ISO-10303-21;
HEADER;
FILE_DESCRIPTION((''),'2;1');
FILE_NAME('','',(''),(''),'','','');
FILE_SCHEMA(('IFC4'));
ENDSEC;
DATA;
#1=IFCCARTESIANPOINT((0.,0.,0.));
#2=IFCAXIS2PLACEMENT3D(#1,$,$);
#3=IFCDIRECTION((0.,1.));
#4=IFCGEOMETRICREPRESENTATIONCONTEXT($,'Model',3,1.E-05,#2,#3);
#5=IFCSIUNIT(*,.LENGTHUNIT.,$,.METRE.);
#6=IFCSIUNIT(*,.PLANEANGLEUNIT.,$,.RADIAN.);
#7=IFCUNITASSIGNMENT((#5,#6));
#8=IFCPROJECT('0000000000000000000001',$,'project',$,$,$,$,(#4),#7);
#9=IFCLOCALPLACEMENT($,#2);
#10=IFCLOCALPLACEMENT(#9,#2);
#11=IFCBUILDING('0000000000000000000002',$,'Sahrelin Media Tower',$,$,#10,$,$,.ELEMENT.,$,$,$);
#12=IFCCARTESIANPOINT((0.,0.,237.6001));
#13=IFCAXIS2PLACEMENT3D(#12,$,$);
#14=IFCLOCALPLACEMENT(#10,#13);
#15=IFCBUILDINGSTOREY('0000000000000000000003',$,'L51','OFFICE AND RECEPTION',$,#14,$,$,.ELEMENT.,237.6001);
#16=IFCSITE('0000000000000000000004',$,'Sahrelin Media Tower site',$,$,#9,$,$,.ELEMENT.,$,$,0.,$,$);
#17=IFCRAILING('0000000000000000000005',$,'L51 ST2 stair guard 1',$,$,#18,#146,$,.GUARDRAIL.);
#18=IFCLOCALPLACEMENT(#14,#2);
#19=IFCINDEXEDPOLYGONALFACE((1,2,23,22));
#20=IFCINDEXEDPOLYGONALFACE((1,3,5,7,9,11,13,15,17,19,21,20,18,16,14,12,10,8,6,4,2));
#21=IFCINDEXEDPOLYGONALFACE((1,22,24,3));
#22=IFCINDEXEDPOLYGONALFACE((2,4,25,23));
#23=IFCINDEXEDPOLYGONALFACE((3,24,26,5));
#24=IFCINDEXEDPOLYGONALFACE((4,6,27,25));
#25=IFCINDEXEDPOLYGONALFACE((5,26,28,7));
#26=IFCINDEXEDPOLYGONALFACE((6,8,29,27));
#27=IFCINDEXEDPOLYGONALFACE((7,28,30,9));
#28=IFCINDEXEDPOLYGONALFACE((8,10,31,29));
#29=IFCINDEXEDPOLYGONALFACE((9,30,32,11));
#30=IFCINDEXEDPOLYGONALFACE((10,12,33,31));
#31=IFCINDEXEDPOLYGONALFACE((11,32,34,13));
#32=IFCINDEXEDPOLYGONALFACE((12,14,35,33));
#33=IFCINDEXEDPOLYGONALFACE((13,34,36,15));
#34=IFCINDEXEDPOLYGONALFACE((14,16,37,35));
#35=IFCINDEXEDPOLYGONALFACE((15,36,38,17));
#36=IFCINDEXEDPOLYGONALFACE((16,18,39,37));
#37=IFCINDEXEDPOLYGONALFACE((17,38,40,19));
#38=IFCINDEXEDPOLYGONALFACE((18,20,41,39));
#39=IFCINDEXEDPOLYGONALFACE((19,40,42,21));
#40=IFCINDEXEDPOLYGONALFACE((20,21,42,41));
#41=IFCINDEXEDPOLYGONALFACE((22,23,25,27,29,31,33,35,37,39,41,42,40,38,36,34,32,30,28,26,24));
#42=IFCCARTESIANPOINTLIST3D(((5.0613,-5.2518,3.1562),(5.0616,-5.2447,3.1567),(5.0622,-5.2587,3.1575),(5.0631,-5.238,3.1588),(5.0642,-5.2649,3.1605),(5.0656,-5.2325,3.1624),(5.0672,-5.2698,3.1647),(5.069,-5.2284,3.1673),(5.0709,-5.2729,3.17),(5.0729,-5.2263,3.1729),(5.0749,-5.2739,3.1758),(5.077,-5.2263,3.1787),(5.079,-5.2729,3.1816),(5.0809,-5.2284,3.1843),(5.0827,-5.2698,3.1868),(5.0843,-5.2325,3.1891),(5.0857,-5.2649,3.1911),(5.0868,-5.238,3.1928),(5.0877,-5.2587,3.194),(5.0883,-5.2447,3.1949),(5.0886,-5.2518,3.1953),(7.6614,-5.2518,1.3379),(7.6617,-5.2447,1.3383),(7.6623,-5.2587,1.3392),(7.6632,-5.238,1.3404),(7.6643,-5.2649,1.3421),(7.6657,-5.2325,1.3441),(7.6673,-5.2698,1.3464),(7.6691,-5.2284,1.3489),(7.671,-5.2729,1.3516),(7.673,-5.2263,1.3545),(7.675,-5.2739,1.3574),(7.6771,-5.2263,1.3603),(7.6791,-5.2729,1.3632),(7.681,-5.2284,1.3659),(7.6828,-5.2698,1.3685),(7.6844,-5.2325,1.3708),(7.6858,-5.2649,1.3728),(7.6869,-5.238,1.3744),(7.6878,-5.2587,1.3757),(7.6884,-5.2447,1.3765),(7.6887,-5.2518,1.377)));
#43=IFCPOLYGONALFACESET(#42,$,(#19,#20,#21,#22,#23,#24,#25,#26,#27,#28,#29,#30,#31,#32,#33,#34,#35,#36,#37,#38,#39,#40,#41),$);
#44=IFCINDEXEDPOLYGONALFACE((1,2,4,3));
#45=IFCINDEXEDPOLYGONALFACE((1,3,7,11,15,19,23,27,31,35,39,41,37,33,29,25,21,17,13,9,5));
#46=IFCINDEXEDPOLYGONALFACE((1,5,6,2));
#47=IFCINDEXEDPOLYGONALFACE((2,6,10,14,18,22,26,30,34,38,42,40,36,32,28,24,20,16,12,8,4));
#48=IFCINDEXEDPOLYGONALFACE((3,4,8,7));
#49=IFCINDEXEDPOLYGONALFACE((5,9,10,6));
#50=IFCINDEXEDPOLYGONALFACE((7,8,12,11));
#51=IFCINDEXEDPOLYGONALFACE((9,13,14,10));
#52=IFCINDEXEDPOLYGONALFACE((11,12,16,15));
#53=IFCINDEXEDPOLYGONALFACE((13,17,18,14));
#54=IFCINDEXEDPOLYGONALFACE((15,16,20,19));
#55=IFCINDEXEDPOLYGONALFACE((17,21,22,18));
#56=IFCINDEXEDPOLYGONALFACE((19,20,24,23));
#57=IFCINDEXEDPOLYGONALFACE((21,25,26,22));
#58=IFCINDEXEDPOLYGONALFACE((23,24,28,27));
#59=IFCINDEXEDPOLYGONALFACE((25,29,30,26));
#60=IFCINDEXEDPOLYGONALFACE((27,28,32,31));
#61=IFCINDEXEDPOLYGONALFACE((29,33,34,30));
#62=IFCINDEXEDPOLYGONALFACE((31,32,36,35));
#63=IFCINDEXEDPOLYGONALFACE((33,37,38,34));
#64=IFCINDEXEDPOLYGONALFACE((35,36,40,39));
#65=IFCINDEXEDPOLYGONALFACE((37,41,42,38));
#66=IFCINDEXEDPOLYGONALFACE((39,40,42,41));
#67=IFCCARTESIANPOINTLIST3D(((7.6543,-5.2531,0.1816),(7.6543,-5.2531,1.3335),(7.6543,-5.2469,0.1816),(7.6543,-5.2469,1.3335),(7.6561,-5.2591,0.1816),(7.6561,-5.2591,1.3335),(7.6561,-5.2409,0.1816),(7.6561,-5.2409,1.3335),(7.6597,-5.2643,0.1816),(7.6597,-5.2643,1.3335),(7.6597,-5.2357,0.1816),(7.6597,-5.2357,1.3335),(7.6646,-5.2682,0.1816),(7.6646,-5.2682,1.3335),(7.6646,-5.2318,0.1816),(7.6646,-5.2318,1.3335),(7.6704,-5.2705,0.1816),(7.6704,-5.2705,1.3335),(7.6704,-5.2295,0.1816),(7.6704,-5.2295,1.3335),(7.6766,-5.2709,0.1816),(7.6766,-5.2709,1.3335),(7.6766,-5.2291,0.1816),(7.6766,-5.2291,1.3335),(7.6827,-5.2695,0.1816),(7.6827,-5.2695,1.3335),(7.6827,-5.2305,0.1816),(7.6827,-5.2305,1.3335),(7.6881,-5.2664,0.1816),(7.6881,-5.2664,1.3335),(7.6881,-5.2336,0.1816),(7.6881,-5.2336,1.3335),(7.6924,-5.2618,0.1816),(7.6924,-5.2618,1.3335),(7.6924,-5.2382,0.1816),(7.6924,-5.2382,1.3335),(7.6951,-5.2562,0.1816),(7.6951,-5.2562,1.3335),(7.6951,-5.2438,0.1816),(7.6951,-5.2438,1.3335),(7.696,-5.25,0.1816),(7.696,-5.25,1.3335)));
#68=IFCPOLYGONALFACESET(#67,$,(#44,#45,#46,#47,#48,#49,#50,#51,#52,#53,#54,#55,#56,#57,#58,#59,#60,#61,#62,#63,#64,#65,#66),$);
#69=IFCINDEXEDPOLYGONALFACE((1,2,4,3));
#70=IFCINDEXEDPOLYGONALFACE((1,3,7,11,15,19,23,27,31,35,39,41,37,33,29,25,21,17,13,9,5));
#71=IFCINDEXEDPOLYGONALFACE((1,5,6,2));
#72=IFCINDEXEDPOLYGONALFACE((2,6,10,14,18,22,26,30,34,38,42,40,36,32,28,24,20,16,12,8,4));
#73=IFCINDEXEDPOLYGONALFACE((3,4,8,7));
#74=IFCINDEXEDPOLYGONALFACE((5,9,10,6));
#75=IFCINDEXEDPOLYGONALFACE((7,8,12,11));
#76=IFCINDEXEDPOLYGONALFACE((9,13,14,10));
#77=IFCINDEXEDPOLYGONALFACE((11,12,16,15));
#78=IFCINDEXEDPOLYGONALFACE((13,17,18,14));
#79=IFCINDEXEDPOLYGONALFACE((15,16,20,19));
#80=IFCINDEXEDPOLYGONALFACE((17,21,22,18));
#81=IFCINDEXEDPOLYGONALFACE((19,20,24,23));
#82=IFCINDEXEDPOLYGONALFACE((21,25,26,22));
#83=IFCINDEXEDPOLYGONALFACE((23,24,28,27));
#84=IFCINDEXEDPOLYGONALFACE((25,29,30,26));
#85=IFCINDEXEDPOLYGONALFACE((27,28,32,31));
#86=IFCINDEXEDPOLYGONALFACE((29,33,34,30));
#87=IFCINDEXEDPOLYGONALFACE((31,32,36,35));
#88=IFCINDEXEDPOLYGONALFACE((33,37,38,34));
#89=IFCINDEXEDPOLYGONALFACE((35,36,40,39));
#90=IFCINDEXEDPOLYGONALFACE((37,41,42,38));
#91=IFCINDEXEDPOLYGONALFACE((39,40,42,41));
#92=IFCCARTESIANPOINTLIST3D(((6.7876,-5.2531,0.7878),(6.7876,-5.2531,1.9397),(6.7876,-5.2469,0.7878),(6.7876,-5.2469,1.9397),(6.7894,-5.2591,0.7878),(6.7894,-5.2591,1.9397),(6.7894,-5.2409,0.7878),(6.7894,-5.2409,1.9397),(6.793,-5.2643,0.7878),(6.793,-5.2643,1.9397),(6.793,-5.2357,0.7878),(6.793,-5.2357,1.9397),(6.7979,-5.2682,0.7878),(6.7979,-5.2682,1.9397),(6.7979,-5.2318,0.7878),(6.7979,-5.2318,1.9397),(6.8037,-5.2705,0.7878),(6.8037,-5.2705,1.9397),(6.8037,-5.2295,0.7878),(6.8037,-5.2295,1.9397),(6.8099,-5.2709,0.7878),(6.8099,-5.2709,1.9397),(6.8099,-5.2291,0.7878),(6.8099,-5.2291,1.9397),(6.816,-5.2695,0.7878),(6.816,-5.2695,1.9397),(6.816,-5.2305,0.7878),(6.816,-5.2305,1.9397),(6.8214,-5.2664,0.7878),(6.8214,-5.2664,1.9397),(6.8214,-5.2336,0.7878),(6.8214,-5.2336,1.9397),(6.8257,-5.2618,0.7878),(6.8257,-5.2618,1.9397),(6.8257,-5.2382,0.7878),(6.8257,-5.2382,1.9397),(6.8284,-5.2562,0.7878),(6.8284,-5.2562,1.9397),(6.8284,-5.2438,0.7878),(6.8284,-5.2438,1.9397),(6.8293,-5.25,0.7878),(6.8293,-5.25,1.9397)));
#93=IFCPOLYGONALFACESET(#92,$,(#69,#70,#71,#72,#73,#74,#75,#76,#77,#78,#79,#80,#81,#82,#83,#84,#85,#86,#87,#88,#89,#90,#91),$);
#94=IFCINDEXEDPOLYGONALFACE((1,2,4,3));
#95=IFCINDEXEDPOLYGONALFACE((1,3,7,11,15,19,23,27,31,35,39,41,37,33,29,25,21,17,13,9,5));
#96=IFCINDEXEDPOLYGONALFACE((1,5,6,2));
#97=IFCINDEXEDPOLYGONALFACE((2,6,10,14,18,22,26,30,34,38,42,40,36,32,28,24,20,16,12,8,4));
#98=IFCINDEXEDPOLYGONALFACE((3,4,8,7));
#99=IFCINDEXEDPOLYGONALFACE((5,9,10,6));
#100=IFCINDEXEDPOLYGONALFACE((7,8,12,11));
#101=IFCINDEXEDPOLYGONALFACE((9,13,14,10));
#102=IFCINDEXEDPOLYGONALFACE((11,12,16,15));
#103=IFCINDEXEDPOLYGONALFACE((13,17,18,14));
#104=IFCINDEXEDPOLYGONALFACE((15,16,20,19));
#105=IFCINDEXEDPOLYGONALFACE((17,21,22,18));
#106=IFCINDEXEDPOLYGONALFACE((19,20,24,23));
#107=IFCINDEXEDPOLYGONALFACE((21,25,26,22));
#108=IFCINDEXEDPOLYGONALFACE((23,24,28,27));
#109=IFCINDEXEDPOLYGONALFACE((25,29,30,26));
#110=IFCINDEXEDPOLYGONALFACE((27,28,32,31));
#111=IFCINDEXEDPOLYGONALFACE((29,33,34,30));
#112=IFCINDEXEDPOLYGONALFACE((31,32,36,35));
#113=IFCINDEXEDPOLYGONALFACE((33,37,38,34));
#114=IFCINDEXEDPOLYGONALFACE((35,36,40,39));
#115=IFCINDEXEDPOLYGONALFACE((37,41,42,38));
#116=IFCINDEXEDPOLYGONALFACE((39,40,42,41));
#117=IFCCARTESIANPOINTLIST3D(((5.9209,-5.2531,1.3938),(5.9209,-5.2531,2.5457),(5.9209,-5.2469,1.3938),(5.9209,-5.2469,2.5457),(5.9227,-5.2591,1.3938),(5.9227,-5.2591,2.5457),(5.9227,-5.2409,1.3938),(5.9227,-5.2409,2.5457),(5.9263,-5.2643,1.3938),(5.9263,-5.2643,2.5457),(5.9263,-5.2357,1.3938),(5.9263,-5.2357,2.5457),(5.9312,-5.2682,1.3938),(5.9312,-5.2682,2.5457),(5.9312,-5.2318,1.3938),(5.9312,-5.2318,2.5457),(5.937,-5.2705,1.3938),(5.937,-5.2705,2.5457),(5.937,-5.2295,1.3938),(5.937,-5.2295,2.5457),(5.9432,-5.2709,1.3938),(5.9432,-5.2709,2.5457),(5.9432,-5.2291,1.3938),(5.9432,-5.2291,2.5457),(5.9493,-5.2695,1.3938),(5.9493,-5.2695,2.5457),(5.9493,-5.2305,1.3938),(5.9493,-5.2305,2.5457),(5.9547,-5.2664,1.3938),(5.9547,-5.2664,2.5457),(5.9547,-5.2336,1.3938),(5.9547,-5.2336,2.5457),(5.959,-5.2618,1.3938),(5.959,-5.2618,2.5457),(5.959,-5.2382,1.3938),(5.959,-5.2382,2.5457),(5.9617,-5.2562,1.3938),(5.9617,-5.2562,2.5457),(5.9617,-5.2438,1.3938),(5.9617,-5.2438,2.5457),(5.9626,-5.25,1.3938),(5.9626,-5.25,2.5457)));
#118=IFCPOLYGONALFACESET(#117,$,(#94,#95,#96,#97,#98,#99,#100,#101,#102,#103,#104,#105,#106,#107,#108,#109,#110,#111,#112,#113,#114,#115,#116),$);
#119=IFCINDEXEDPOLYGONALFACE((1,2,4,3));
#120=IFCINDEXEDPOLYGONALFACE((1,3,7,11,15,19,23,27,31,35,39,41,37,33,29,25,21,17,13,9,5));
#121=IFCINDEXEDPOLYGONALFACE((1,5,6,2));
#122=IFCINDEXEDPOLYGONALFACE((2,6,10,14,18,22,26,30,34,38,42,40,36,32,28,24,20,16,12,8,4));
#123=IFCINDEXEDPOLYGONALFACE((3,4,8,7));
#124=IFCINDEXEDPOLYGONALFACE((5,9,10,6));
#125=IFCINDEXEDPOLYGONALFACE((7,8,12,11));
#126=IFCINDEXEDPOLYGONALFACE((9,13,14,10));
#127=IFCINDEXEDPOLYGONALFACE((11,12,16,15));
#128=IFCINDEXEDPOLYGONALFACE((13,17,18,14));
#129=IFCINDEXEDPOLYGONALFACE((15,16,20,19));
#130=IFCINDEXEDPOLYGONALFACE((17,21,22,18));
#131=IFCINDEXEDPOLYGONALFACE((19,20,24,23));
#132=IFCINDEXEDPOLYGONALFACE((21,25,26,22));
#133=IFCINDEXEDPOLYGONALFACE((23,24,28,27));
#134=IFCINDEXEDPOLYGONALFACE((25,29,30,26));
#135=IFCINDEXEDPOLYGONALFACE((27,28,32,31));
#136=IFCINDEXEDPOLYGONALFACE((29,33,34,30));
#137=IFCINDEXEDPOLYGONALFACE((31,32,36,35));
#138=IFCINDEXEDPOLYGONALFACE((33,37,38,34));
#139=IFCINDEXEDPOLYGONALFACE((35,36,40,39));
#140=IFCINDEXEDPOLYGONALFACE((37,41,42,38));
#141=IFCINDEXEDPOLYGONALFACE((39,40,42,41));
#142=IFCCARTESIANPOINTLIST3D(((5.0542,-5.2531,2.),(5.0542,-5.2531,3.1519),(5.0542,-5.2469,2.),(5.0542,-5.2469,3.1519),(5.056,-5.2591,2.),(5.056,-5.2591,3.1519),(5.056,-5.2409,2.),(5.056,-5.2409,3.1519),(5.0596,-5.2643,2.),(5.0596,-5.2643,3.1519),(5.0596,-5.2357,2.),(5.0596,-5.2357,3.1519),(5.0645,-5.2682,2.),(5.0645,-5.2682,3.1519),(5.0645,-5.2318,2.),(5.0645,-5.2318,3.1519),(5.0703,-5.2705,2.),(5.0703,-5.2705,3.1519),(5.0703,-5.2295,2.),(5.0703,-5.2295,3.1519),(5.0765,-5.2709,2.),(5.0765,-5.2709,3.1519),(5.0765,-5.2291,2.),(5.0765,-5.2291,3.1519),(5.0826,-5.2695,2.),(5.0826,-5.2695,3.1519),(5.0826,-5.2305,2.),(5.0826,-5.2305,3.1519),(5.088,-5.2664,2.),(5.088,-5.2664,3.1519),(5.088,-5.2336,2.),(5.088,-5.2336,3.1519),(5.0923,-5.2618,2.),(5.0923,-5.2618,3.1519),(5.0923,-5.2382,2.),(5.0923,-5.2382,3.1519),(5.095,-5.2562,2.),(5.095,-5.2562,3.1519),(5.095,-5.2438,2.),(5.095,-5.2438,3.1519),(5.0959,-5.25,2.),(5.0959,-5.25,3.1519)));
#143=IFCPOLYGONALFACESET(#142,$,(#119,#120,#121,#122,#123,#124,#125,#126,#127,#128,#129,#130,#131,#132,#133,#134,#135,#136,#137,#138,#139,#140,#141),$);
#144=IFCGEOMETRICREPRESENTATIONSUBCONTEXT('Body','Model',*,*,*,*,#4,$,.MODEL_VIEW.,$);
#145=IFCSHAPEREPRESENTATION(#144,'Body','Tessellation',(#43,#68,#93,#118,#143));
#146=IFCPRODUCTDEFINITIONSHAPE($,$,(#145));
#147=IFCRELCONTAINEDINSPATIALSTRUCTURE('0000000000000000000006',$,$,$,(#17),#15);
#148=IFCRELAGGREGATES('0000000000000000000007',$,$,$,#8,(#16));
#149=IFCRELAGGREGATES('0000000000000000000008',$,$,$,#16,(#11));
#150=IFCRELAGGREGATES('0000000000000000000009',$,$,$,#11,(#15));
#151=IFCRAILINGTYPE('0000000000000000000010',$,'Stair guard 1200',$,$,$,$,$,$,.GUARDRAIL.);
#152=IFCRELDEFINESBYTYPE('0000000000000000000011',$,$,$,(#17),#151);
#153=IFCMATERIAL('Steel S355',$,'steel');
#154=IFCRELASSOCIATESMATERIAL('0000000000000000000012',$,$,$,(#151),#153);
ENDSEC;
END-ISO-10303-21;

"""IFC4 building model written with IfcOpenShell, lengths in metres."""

from ifc_helpers import new_model, si_unit, direction, frame, origin, origin_2d, place, context, subcontext, project, spatial, circle, extrude, material, type_object, element, save


model = new_model("IFC4")

# Units and contexts
model_context = context("Model", 3, precision=1e-05, world=origin(), true_north=direction((0.0, 1.0)))
body_context = subcontext(model_context, "Body", "Model", "MODEL_VIEW")
ifc_project = project(units=[si_unit("LENGTHUNIT", "METRE"), si_unit("PLANEANGLEUNIT", "RADIAN")], contexts=[model_context])

# Site, building, storey
site_placement = place(None, origin())
site = spatial("IfcSite", under=ifc_project, at=site_placement, Name="Sahrelin Media Tower site", CompositionType="ELEMENT", RefElevation=0.0)
building_placement = place(site_placement, origin())
building = spatial("IfcBuilding", under=site, at=building_placement, Name="Sahrelin Media Tower", CompositionType="ELEMENT")
storey_placement = place(building_placement, frame((0.0, 0.0, 237.6001)))
storey = spatial("IfcBuildingStorey", under=building, at=storey_placement, Name="L51", Description="OFFICE AND RECEPTION", CompositionType="ELEMENT", Elevation=237.6001)

# Shared definitions
ifc_material_1 = material(Name="Steel S355", Category="steel")

# Railing
railing_type_1 = type_object("IfcRailingType", Name="Stair guard 1200", PredefinedType="GUARDRAIL", material=ifc_material_1)
railing_1_placement = place(storey_placement, frame((7.675, -5.25, 0.1816)))
element("IfcRailing", 1, at=railing_1_placement, inside=storey, type_object=railing_type_1, Name="L51 ST2 stair guard 1", PredefinedType="GUARDRAIL", context=body_context, shape_type="SweptSolid", body=[
    extrude(circle(Radius=0.0239, at=origin_2d()), frame((0.0, 0.0, 1.1758), z_axis=(-0.819485, 0.0, 0.573101), x_axis=(0.0, -1.0, 0.0)), (0.0, 0.0, 1.0), 3.1729),
    extrude(circle(Radius=0.021, at=origin_2d()), origin(), (0.0, 0.0, 1.0), 1.1519),
    extrude(circle(Radius=0.021, at=origin_2d()), frame((-0.8667, 0.0, 0.6062)), (0.0, 0.0, 1.0), 1.1519),
    extrude(circle(Radius=0.021, at=origin_2d()), frame((-1.7334, 0.0, 1.2122)), (0.0, 0.0, 1.0), 1.1519),
    extrude(circle(Radius=0.021, at=origin_2d()), frame((-2.6001, 0.0, 1.8184)), (0.0, 0.0, 1.0), 1.1519),
])

save(model, "model.ifc")
